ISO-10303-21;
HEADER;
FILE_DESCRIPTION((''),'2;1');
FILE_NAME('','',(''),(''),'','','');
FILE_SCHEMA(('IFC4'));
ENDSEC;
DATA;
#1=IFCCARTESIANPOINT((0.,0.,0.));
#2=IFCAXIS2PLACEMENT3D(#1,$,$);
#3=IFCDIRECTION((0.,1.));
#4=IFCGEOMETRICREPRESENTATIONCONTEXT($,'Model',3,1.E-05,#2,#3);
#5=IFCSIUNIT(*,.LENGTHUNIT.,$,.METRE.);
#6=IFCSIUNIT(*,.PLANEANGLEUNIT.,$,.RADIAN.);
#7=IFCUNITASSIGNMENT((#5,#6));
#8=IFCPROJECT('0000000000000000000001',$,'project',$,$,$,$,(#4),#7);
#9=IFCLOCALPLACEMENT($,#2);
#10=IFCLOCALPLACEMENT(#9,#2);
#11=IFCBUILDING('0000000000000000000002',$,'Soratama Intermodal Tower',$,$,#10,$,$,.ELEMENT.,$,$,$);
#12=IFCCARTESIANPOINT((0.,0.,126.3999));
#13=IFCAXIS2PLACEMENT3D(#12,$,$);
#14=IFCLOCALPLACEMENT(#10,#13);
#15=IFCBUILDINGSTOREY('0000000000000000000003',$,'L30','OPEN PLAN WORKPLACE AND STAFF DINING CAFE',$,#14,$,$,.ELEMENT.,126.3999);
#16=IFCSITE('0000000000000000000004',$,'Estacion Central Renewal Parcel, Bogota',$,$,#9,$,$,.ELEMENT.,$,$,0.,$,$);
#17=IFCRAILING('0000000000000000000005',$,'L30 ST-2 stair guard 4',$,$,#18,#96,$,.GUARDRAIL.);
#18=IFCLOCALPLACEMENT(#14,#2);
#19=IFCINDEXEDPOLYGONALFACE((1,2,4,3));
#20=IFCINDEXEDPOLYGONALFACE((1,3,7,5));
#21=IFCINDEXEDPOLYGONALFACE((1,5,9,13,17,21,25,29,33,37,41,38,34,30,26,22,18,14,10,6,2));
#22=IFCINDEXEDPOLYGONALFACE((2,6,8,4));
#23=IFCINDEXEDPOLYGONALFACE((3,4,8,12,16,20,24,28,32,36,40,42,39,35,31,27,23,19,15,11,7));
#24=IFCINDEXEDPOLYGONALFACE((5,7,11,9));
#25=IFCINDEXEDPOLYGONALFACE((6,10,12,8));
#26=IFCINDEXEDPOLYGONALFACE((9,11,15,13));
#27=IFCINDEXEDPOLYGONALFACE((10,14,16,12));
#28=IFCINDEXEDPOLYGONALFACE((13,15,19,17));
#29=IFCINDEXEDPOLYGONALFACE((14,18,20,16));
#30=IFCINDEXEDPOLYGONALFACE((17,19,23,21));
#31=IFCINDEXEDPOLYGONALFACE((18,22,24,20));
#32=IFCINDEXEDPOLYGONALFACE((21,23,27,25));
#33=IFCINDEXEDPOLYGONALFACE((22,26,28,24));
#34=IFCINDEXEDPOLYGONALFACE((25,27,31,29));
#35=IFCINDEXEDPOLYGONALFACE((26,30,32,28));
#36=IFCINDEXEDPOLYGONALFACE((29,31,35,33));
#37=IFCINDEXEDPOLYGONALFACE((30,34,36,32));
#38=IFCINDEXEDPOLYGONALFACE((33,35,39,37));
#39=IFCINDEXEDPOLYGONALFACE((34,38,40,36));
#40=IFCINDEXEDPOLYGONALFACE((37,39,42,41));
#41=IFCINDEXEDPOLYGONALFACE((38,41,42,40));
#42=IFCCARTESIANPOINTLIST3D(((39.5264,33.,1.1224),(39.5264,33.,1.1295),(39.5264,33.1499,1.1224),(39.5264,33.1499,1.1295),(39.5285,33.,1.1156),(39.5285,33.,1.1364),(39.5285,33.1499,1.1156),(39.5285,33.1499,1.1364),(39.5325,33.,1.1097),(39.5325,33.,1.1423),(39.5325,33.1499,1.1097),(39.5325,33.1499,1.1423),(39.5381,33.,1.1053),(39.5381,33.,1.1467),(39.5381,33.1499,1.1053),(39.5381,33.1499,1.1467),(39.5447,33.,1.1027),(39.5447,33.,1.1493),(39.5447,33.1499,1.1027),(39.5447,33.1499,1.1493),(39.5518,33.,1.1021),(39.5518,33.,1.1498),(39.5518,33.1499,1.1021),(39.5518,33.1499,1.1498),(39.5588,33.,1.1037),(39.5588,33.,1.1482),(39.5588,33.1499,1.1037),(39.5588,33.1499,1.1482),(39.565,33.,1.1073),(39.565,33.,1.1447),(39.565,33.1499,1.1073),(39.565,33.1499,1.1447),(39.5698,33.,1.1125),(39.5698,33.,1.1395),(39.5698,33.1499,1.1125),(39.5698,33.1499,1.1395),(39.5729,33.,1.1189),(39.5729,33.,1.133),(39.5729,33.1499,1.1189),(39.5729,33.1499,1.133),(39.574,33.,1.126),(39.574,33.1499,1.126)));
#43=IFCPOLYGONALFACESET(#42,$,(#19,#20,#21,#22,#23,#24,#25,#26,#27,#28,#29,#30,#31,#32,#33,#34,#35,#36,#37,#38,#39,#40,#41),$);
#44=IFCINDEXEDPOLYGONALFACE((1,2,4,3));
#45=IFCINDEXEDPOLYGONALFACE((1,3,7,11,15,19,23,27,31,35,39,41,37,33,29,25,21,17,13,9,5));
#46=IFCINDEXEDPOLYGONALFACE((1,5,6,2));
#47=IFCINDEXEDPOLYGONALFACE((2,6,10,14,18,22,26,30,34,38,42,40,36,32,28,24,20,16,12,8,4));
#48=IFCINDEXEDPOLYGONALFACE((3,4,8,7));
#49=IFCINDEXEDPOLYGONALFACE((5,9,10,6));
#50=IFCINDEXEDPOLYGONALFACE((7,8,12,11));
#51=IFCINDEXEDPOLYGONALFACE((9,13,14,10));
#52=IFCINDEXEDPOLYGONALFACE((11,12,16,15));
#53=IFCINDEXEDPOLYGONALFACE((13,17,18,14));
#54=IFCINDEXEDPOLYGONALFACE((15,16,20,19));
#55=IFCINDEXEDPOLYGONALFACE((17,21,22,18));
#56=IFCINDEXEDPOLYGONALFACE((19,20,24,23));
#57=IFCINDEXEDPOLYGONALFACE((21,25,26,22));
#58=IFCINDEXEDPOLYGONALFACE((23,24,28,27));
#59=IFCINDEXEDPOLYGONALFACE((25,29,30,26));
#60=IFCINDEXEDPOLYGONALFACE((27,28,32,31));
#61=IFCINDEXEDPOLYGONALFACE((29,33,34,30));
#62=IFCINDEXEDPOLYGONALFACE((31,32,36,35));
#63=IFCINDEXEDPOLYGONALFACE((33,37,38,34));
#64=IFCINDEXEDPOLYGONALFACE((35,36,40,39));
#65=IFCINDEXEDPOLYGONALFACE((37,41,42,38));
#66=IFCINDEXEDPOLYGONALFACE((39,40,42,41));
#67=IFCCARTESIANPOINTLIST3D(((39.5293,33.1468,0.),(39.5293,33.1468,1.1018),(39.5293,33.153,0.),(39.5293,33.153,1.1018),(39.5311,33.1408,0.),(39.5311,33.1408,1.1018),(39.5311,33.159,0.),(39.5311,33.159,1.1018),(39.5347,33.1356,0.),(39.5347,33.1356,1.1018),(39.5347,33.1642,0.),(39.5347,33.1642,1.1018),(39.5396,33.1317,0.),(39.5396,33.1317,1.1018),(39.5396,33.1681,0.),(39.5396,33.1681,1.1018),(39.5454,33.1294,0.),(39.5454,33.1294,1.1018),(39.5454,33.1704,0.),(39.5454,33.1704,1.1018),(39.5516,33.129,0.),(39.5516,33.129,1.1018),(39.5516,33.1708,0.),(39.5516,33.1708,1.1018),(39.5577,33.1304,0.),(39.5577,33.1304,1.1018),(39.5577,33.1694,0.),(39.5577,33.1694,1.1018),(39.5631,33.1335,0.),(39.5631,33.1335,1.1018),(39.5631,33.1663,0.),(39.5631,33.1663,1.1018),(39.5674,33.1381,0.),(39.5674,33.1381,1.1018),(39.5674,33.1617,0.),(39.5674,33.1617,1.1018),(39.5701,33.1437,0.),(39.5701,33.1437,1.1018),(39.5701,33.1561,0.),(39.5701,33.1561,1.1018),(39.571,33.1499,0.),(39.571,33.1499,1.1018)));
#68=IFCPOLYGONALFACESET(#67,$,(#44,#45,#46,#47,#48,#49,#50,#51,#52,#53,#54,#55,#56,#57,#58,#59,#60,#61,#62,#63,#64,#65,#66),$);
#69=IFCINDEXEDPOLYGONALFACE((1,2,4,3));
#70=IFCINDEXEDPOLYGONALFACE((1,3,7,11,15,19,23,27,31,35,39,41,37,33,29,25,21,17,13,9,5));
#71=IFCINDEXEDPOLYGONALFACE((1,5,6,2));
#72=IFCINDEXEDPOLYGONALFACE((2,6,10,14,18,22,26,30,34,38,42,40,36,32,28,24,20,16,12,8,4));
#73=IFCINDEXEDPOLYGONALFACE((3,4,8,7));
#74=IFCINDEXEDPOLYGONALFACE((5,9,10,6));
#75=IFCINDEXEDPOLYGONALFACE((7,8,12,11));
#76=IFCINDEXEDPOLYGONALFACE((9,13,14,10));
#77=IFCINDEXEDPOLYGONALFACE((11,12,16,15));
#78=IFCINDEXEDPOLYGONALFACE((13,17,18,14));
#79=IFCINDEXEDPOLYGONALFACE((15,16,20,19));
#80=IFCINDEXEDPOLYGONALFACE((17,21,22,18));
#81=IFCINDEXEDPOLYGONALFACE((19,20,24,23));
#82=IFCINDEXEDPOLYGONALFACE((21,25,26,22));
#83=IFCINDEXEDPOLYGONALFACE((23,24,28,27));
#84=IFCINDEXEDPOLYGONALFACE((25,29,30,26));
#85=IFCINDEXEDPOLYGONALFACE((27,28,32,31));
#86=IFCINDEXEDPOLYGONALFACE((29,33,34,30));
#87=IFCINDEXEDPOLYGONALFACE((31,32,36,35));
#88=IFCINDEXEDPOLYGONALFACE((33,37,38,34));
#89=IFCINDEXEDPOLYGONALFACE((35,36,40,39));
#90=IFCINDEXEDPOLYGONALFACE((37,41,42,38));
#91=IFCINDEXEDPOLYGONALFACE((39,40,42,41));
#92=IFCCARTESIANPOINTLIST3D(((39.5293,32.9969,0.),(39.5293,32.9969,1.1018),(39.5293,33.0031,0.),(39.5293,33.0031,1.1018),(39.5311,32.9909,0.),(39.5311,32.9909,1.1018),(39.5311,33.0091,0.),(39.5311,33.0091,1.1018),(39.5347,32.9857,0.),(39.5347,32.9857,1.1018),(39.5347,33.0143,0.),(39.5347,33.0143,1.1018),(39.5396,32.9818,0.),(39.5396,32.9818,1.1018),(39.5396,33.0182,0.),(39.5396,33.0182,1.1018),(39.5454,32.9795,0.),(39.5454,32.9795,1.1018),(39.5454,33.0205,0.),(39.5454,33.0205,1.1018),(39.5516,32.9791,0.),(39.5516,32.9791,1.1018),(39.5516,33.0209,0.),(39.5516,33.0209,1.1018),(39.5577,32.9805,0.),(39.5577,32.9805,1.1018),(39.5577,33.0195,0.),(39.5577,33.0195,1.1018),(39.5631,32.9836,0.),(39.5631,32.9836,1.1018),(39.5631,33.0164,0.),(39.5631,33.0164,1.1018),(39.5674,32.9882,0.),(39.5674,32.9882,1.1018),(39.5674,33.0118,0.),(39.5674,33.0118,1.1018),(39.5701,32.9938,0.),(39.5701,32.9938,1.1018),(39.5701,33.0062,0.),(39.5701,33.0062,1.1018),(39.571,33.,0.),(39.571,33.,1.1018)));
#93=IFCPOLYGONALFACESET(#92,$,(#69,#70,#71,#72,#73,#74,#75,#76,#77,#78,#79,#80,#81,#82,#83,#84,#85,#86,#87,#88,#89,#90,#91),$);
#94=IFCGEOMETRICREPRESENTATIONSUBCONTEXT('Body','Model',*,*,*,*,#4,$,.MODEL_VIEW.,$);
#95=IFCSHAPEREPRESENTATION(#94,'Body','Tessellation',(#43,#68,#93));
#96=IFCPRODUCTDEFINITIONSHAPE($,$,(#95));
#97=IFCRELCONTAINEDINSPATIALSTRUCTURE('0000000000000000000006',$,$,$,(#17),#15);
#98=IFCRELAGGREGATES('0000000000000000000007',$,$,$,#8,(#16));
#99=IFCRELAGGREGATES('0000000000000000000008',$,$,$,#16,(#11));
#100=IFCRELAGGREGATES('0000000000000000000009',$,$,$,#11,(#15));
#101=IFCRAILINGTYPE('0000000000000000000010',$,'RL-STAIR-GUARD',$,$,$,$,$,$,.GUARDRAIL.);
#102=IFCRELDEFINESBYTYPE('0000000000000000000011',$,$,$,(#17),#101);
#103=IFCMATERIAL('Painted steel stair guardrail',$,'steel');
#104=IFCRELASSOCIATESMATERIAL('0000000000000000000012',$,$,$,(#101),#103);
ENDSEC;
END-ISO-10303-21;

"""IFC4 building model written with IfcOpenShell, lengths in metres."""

from ifc_helpers import new_model, si_unit, direction, frame, origin, origin_2d, place, context, subcontext, project, spatial, circle, extrude, material, type_object, element, save


model = new_model("IFC4")

# Units and contexts
model_context = context("Model", 3, precision=1e-05, world=origin(), true_north=direction((0.0, 1.0)))
body_context = subcontext(model_context, "Body", "Model", "MODEL_VIEW")
ifc_project = project(units=[si_unit("LENGTHUNIT", "METRE"), si_unit("PLANEANGLEUNIT", "RADIAN")], contexts=[model_context])

# Site, building, storey
site_placement = place(None, origin())
site = spatial("IfcSite", under=ifc_project, at=site_placement, Name="Estacion Central Renewal Parcel, Bogota", CompositionType="ELEMENT", RefElevation=0.0)
building_placement = place(site_placement, origin())
building = spatial("IfcBuilding", under=site, at=building_placement, Name="Soratama Intermodal Tower", CompositionType="ELEMENT")
storey_placement = place(building_placement, frame((0.0, 0.0, 126.3999)))
storey = spatial("IfcBuildingStorey", under=building, at=storey_placement, Name="L30", Description="OPEN PLAN WORKPLACE AND STAFF DINING CAFE", CompositionType="ELEMENT", Elevation=126.3999)

# Railing
ifc_material_1 = material(Name="Painted steel stair guardrail", Category="steel")
railing_type = type_object("IfcRailingType", Name="RL-STAIR-GUARD", PredefinedType="GUARDRAIL", material=ifc_material_1)
railing_placement = place(storey_placement, frame((39.55, 33.1499, 0.0)))
element("IfcRailing", 1, at=railing_placement, inside=storey, type_object=railing_type, Name="L30 ST-2 stair guard 4", PredefinedType="GUARDRAIL", context=body_context, shape_type="SweptSolid", body=[
    extrude(circle(Radius=0.0239, at=origin_2d()), frame((0.0, 0.0, 1.126), z_axis=(0.0, -1.0, 0.0), x_axis=(1.0, 0.0, 0.0)), (0.0, 0.0, 1.0), 0.1499),
    extrude(circle(Radius=0.021, at=origin_2d()), origin(), (0.0, 0.0, 1.0), 1.1018),
    extrude(circle(Radius=0.021, at=origin_2d()), frame((0.0, -0.1499, 0.0)), (0.0, 0.0, 1.0), 1.1018),
])

save(model, "model.ifc")
